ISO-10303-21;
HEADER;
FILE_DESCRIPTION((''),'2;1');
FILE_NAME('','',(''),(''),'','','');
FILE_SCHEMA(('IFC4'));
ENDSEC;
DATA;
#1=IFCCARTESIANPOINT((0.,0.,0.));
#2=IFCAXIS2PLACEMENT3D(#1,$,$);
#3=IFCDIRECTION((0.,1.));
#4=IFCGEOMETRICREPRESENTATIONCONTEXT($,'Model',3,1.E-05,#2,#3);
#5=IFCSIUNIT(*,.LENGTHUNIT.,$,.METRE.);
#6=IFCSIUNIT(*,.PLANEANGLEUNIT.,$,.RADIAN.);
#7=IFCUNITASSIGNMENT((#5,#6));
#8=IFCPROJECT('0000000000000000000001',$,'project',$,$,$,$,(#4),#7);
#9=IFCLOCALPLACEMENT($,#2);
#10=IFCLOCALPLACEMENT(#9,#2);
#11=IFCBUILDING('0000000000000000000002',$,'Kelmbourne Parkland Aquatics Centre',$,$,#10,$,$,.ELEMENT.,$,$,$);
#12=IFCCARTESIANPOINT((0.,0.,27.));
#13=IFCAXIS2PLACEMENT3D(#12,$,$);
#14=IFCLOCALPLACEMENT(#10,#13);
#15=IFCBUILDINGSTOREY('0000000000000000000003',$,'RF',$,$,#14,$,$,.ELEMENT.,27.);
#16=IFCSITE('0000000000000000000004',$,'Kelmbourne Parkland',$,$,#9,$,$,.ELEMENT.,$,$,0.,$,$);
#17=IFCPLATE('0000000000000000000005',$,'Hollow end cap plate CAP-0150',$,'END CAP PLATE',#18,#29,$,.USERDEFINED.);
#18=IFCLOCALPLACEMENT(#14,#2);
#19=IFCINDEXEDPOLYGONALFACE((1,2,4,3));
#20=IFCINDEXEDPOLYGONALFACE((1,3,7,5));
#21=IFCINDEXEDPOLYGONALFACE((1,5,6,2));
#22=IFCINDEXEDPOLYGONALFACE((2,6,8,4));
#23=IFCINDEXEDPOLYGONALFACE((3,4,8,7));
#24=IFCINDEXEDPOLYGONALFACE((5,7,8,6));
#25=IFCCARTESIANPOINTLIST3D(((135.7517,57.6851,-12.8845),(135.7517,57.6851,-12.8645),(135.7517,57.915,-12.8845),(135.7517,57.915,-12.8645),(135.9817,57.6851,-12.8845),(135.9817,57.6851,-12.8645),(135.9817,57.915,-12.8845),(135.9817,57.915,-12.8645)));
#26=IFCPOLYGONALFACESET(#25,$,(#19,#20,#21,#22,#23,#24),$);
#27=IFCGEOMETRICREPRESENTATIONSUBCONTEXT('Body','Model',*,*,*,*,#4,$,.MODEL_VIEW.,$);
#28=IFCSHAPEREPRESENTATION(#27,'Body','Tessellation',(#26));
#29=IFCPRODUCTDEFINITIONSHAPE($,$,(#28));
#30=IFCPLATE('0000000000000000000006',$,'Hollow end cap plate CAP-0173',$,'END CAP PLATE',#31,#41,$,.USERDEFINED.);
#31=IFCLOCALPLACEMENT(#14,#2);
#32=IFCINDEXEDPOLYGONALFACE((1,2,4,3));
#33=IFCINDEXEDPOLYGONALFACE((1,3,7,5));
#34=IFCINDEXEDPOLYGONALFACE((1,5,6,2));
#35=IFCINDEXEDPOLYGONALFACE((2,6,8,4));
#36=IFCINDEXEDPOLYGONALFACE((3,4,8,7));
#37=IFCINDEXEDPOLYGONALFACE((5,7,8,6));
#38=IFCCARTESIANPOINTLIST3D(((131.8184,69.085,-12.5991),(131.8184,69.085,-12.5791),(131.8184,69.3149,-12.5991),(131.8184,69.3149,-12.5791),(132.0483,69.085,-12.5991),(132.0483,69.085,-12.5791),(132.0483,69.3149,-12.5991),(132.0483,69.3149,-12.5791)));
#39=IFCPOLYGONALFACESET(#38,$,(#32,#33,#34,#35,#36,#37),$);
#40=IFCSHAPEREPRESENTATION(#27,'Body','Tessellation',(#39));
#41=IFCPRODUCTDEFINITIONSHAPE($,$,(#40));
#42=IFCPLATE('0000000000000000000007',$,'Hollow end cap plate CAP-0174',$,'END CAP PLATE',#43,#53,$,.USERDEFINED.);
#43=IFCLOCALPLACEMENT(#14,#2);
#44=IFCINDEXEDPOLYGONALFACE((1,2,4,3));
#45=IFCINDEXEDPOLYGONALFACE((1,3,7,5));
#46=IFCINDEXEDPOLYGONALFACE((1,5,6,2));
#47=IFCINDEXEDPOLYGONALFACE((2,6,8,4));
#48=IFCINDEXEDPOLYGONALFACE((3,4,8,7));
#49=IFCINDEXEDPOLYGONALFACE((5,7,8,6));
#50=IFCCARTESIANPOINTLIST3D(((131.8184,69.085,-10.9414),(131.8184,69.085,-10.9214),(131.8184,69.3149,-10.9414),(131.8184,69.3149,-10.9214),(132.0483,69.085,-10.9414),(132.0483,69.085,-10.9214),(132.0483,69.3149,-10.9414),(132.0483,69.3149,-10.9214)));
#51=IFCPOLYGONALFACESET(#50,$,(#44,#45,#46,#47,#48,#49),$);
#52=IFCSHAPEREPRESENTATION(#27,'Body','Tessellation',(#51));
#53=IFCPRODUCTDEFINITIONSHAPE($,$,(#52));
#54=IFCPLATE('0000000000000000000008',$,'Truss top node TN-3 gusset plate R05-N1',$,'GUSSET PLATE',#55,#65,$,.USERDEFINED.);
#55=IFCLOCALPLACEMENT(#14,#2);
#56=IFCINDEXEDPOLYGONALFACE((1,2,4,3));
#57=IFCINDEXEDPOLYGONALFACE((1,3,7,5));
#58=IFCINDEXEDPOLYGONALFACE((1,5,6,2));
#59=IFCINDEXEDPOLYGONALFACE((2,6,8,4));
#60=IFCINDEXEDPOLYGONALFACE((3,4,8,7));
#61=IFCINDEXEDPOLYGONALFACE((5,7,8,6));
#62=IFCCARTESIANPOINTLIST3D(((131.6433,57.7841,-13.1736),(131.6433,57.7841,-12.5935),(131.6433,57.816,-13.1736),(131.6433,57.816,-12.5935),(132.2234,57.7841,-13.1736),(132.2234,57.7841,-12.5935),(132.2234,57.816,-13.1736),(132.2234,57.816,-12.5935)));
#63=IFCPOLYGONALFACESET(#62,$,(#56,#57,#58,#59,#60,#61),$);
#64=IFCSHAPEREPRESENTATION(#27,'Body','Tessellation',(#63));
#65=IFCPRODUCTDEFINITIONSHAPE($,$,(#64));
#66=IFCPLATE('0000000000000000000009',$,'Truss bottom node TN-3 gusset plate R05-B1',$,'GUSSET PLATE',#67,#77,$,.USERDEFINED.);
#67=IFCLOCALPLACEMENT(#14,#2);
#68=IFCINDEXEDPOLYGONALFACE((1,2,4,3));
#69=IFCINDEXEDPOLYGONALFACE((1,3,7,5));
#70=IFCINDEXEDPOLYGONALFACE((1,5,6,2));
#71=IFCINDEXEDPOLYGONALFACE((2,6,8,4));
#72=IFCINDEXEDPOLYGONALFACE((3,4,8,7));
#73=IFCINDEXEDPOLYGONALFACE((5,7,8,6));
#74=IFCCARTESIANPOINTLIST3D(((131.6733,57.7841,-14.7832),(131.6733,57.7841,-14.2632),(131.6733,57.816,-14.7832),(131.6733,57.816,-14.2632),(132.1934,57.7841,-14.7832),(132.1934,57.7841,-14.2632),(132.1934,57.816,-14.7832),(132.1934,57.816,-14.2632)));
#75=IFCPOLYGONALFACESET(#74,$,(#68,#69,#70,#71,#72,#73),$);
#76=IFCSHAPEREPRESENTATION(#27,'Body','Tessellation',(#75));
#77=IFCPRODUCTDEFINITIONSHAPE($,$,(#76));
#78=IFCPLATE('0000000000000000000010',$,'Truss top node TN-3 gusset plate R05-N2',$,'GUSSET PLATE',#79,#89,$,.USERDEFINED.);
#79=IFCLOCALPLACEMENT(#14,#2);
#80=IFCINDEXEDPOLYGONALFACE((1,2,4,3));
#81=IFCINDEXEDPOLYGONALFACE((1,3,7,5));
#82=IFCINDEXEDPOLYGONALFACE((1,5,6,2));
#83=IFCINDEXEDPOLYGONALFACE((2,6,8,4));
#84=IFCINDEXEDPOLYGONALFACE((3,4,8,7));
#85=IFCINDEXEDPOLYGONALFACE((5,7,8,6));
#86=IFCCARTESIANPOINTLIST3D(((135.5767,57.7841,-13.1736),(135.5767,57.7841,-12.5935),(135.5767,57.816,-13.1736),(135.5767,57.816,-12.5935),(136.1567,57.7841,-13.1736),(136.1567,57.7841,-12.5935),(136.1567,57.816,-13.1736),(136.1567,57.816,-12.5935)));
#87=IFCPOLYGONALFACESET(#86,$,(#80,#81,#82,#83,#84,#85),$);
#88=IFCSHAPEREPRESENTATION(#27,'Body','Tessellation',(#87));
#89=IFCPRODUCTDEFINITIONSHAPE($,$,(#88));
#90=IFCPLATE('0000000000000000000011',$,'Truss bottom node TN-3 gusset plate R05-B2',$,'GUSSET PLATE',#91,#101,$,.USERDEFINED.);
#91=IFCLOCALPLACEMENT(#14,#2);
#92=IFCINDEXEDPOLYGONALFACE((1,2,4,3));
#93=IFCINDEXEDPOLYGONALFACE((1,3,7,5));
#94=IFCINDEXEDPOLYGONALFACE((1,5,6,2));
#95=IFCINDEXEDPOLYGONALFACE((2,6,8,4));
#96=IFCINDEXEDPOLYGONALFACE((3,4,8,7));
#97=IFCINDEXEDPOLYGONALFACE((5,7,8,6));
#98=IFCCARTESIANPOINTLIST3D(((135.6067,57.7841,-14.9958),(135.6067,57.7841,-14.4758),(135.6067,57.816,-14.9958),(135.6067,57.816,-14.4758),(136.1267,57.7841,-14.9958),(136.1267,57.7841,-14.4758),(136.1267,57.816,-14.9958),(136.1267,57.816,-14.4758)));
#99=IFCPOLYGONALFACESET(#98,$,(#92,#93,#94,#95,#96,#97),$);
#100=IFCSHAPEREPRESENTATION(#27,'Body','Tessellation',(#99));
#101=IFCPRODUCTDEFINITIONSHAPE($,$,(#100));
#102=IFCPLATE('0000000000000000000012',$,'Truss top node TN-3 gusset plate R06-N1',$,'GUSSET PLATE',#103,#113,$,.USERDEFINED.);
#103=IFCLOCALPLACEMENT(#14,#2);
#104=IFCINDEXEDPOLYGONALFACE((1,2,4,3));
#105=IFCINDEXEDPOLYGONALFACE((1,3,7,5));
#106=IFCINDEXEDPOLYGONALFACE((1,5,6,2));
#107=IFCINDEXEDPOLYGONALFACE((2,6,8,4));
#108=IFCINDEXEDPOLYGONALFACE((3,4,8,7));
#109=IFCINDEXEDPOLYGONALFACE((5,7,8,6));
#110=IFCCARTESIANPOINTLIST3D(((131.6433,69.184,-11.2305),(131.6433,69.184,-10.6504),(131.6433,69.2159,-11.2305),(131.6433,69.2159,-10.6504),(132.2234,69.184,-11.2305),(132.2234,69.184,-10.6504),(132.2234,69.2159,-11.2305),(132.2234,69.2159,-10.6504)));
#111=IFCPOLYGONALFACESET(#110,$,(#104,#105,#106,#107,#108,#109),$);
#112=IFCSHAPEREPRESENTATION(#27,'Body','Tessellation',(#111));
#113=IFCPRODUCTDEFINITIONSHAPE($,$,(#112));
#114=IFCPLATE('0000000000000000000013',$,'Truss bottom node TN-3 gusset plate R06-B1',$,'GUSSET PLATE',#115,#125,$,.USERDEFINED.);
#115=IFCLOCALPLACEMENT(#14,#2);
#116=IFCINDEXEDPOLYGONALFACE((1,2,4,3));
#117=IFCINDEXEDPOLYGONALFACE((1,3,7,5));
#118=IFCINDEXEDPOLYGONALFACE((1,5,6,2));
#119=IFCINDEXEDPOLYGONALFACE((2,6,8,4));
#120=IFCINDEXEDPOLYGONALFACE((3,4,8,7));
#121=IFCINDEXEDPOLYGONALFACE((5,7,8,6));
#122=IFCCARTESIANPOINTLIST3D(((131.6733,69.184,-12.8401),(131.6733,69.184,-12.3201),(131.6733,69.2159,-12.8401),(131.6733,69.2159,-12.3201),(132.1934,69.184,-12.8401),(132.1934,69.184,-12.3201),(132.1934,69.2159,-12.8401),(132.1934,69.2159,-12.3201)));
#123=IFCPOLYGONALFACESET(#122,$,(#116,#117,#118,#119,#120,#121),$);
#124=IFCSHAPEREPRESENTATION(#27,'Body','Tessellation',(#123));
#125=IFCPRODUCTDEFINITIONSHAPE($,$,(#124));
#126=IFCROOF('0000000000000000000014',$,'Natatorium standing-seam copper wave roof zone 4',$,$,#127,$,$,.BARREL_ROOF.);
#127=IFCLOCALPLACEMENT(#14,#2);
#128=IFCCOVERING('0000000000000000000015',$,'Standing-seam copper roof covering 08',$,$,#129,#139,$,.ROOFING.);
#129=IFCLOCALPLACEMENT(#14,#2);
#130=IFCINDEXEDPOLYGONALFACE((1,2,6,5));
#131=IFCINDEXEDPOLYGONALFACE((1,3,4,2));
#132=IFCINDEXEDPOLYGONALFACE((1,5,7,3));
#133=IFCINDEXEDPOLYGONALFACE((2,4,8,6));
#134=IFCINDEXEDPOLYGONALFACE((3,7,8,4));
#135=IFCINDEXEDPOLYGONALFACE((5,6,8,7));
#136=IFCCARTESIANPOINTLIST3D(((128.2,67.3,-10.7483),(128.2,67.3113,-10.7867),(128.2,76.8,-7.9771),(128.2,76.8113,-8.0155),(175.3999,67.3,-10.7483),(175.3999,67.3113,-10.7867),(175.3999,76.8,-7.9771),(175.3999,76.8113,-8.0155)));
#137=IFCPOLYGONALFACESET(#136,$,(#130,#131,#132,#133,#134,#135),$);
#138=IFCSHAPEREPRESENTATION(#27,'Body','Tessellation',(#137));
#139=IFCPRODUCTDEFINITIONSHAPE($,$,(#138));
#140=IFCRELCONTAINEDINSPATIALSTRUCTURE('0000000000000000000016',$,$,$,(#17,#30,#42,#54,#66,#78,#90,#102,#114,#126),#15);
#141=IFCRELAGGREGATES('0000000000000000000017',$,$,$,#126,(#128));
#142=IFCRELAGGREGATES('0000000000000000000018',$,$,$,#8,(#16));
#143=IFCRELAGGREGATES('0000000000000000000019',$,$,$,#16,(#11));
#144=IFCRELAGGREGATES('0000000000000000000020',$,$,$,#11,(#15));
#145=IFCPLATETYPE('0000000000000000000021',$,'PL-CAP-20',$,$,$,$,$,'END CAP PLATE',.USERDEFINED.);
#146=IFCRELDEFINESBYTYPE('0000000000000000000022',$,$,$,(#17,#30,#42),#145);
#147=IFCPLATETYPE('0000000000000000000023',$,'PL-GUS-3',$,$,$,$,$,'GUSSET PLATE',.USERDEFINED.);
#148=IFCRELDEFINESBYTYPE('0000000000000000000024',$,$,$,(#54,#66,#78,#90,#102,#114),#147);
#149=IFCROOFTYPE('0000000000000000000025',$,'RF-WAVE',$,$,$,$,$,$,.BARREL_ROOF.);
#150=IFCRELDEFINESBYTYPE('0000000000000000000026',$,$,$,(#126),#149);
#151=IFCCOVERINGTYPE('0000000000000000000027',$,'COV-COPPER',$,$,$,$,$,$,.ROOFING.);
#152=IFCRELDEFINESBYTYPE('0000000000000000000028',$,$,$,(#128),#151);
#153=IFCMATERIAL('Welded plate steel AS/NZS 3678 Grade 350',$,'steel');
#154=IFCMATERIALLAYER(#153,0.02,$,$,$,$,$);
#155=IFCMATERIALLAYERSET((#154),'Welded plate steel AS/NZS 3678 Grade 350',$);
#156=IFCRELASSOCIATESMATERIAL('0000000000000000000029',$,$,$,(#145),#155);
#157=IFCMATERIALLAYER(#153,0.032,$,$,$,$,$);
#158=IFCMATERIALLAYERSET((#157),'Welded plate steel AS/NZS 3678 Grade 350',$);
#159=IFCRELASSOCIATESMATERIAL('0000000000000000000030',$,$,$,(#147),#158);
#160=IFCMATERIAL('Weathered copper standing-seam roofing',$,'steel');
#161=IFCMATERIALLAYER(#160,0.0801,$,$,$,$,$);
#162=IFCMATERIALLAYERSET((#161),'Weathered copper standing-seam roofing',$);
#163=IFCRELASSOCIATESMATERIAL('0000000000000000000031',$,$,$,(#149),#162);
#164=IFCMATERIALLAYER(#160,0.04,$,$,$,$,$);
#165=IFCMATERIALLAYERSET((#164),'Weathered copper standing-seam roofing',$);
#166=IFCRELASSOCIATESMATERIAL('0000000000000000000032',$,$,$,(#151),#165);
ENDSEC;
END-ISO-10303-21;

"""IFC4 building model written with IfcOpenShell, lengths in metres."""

from ifc_helpers import new_model, si_unit, direction, frame, origin, origin_2d, place, context, subcontext, project, spatial, polyline, rectangle, outline, extrude, material, layer, layer_set, type_object, element, aggregate, save


model = new_model("IFC4")

# Units and contexts
model_context = context("Model", 3, precision=1e-05, world=origin(), true_north=direction((0.0, 1.0)))
body_context = subcontext(model_context, "Body", "Model", "MODEL_VIEW")
ifc_project = project(units=[si_unit("LENGTHUNIT", "METRE"), si_unit("PLANEANGLEUNIT", "RADIAN")], contexts=[model_context])

# Site, building, storey
site_placement = place(None, origin())
site = spatial("IfcSite", under=ifc_project, at=site_placement, Name="Kelmbourne Parkland", CompositionType="ELEMENT", RefElevation=0.0)
building_placement = place(site_placement, origin())
building = spatial("IfcBuilding", under=site, at=building_placement, Name="Kelmbourne Parkland Aquatics Centre", CompositionType="ELEMENT")
storey_placement = place(building_placement, frame((0.0, 0.0, 27.0)))
storey = spatial("IfcBuildingStorey", under=building, at=storey_placement, Name="RF", CompositionType="ELEMENT", Elevation=27.0)

# Shared definitions
ifc_material_1 = material(Name="Welded plate steel AS/NZS 3678 Grade 350", Category="steel")

# Plates
ifc_layer_1 = layer(ifc_material_1, 0.02)
ifc_layer_set_1 = layer_set([ifc_layer_1], Name="Welded plate steel AS/NZS 3678 Grade 350")
plate_type_1 = type_object("IfcPlateType", Name="PL-CAP-20", ElementType="END CAP PLATE", PredefinedType="USERDEFINED", material=ifc_layer_set_1)
for number, where, z_axis, x_axis, name in (
    (1, (135.8667, 57.8, -12.8845), (0.0, 0.0, 1.0), (1.0, 0.0, 0.0), "Hollow end cap plate CAP-0150"),
    (2, (131.9333, 69.2, -12.5991), (0.0, 0.0, 1.0), (1.0, 0.0, 0.0), "Hollow end cap plate CAP-0173"),
    (3, (131.9333, 69.2, -10.9414), (0.0, 0.0, 1.0), (1.0, 0.0, 0.0), "Hollow end cap plate CAP-0174"),
):
    element("IfcPlate", number, at=place(storey_placement, frame(where, z_axis=z_axis, x_axis=x_axis)), inside=storey, type_object=plate_type_1, Name=name, ObjectType="END CAP PLATE", PredefinedType="USERDEFINED", context=body_context, shape_type="SweptSolid", body=[
        extrude(rectangle(XDim=0.23, YDim=0.23, at=origin_2d()), origin(), (0.0, 0.0, 1.0), 0.02),
    ])
ifc_layer_2 = layer(ifc_material_1, 0.032)
ifc_layer_set_2 = layer_set([ifc_layer_2], Name="Welded plate steel AS/NZS 3678 Grade 350")
plate_type_2 = type_object("IfcPlateType", Name="PL-GUS-3", ElementType="GUSSET PLATE", PredefinedType="USERDEFINED", material=ifc_layer_set_2)
plate_1_placement = place(storey_placement, frame((131.9333, 57.8, -13.1736), z_axis=(0.0, 0.0, 1.0), x_axis=(1.0, 0.0, 0.0)))
element("IfcPlate", 4, at=plate_1_placement, inside=storey, type_object=plate_type_2, Name="Truss top node TN-3 gusset plate R05-N1", ObjectType="GUSSET PLATE", PredefinedType="USERDEFINED", context=body_context, shape_type="SweptSolid", body=[
    extrude(rectangle(XDim=0.5801, YDim=0.032, at=origin_2d()), origin(), (0.0, 0.0, 1.0), 0.5801),
])
plate_2_placement = place(storey_placement, frame((131.9333, 57.8, -14.7832), z_axis=(0.0, 0.0, 1.0), x_axis=(1.0, 0.0, 0.0)))
element("IfcPlate", 5, at=plate_2_placement, inside=storey, type_object=plate_type_2, Name="Truss bottom node TN-3 gusset plate R05-B1", ObjectType="GUSSET PLATE", PredefinedType="USERDEFINED", context=body_context, shape_type="SweptSolid", body=[
    extrude(rectangle(XDim=0.52, YDim=0.032, at=origin_2d()), origin(), (0.0, 0.0, 1.0), 0.52),
])
plate_3_placement = place(storey_placement, frame((135.8667, 57.8, -13.1736), z_axis=(0.0, 0.0, 1.0), x_axis=(1.0, 0.0, 0.0)))
element("IfcPlate", 6, at=plate_3_placement, inside=storey, type_object=plate_type_2, Name="Truss top node TN-3 gusset plate R05-N2", ObjectType="GUSSET PLATE", PredefinedType="USERDEFINED", context=body_context, shape_type="SweptSolid", body=[
    extrude(rectangle(XDim=0.5801, YDim=0.032, at=origin_2d()), origin(), (0.0, 0.0, 1.0), 0.5801),
])
plate_4_placement = place(storey_placement, frame((135.8667, 57.8, -14.9958), z_axis=(0.0, 0.0, 1.0), x_axis=(1.0, 0.0, 0.0)))
element("IfcPlate", 7, at=plate_4_placement, inside=storey, type_object=plate_type_2, Name="Truss bottom node TN-3 gusset plate R05-B2", ObjectType="GUSSET PLATE", PredefinedType="USERDEFINED", context=body_context, shape_type="SweptSolid", body=[
    extrude(rectangle(XDim=0.52, YDim=0.032, at=origin_2d()), origin(), (0.0, 0.0, 1.0), 0.52),
])
plate_5_placement = place(storey_placement, frame((131.9333, 69.2, -11.2305), z_axis=(0.0, 0.0, 1.0), x_axis=(1.0, 0.0, 0.0)))
element("IfcPlate", 8, at=plate_5_placement, inside=storey, type_object=plate_type_2, Name="Truss top node TN-3 gusset plate R06-N1", ObjectType="GUSSET PLATE", PredefinedType="USERDEFINED", context=body_context, shape_type="SweptSolid", body=[
    extrude(rectangle(XDim=0.5801, YDim=0.032, at=origin_2d()), origin(), (0.0, 0.0, 1.0), 0.5801),
])
plate_6_placement = place(storey_placement, frame((131.9333, 69.2, -12.8401), z_axis=(0.0, 0.0, 1.0), x_axis=(1.0, 0.0, 0.0)))
element("IfcPlate", 9, at=plate_6_placement, inside=storey, type_object=plate_type_2, Name="Truss bottom node TN-3 gusset plate R06-B1", ObjectType="GUSSET PLATE", PredefinedType="USERDEFINED", context=body_context, shape_type="SweptSolid", body=[
    extrude(rectangle(XDim=0.52, YDim=0.032, at=origin_2d()), origin(), (0.0, 0.0, 1.0), 0.52),
])

# Roof, covering
ifc_material_2 = material(Name="Weathered copper standing-seam roofing", Category="steel")
ifc_layer_3 = layer(ifc_material_2, 0.0801)
ifc_layer_set_3 = layer_set([ifc_layer_3], Name="Weathered copper standing-seam roofing")
roof_type = type_object("IfcRoofType", Name="RF-WAVE", PredefinedType="BARREL_ROOF", material=ifc_layer_set_3)
roof_placement = place(storey_placement, origin())
roof = element("IfcRoof", 10, at=roof_placement, inside=storey, type_object=roof_type, Name="Natatorium standing-seam copper wave roof zone 4", PredefinedType="BARREL_ROOF")
ifc_layer_4 = layer(ifc_material_2, 0.04)
ifc_layer_set_4 = layer_set([ifc_layer_4], Name="Weathered copper standing-seam roofing")
covering_type = type_object("IfcCoveringType", Name="COV-COPPER", PredefinedType="ROOFING", material=ifc_layer_set_4)
covering_placement = place(storey_placement, frame((128.2, 67.3, -10.7483), z_axis=(0.0, -0.280038, 0.959989), x_axis=(1.0, 0.0, 0.0)))
covering = element("IfcCovering", 11, at=covering_placement, type_object=covering_type, Name="Standing-seam copper roof covering 08", PredefinedType="ROOFING", context=body_context, shape_type="SweptSolid", body=[
    extrude(outline(polyline([(0.0, 0.0), (47.2, 0.0), (47.2, 9.8959), (0.0, 9.8959), (0.0, 0.0)])), origin(), (0.0, 0.0, -1.0), 0.04),
])
aggregate(roof, [covering])

save(model, "model.ifc")
